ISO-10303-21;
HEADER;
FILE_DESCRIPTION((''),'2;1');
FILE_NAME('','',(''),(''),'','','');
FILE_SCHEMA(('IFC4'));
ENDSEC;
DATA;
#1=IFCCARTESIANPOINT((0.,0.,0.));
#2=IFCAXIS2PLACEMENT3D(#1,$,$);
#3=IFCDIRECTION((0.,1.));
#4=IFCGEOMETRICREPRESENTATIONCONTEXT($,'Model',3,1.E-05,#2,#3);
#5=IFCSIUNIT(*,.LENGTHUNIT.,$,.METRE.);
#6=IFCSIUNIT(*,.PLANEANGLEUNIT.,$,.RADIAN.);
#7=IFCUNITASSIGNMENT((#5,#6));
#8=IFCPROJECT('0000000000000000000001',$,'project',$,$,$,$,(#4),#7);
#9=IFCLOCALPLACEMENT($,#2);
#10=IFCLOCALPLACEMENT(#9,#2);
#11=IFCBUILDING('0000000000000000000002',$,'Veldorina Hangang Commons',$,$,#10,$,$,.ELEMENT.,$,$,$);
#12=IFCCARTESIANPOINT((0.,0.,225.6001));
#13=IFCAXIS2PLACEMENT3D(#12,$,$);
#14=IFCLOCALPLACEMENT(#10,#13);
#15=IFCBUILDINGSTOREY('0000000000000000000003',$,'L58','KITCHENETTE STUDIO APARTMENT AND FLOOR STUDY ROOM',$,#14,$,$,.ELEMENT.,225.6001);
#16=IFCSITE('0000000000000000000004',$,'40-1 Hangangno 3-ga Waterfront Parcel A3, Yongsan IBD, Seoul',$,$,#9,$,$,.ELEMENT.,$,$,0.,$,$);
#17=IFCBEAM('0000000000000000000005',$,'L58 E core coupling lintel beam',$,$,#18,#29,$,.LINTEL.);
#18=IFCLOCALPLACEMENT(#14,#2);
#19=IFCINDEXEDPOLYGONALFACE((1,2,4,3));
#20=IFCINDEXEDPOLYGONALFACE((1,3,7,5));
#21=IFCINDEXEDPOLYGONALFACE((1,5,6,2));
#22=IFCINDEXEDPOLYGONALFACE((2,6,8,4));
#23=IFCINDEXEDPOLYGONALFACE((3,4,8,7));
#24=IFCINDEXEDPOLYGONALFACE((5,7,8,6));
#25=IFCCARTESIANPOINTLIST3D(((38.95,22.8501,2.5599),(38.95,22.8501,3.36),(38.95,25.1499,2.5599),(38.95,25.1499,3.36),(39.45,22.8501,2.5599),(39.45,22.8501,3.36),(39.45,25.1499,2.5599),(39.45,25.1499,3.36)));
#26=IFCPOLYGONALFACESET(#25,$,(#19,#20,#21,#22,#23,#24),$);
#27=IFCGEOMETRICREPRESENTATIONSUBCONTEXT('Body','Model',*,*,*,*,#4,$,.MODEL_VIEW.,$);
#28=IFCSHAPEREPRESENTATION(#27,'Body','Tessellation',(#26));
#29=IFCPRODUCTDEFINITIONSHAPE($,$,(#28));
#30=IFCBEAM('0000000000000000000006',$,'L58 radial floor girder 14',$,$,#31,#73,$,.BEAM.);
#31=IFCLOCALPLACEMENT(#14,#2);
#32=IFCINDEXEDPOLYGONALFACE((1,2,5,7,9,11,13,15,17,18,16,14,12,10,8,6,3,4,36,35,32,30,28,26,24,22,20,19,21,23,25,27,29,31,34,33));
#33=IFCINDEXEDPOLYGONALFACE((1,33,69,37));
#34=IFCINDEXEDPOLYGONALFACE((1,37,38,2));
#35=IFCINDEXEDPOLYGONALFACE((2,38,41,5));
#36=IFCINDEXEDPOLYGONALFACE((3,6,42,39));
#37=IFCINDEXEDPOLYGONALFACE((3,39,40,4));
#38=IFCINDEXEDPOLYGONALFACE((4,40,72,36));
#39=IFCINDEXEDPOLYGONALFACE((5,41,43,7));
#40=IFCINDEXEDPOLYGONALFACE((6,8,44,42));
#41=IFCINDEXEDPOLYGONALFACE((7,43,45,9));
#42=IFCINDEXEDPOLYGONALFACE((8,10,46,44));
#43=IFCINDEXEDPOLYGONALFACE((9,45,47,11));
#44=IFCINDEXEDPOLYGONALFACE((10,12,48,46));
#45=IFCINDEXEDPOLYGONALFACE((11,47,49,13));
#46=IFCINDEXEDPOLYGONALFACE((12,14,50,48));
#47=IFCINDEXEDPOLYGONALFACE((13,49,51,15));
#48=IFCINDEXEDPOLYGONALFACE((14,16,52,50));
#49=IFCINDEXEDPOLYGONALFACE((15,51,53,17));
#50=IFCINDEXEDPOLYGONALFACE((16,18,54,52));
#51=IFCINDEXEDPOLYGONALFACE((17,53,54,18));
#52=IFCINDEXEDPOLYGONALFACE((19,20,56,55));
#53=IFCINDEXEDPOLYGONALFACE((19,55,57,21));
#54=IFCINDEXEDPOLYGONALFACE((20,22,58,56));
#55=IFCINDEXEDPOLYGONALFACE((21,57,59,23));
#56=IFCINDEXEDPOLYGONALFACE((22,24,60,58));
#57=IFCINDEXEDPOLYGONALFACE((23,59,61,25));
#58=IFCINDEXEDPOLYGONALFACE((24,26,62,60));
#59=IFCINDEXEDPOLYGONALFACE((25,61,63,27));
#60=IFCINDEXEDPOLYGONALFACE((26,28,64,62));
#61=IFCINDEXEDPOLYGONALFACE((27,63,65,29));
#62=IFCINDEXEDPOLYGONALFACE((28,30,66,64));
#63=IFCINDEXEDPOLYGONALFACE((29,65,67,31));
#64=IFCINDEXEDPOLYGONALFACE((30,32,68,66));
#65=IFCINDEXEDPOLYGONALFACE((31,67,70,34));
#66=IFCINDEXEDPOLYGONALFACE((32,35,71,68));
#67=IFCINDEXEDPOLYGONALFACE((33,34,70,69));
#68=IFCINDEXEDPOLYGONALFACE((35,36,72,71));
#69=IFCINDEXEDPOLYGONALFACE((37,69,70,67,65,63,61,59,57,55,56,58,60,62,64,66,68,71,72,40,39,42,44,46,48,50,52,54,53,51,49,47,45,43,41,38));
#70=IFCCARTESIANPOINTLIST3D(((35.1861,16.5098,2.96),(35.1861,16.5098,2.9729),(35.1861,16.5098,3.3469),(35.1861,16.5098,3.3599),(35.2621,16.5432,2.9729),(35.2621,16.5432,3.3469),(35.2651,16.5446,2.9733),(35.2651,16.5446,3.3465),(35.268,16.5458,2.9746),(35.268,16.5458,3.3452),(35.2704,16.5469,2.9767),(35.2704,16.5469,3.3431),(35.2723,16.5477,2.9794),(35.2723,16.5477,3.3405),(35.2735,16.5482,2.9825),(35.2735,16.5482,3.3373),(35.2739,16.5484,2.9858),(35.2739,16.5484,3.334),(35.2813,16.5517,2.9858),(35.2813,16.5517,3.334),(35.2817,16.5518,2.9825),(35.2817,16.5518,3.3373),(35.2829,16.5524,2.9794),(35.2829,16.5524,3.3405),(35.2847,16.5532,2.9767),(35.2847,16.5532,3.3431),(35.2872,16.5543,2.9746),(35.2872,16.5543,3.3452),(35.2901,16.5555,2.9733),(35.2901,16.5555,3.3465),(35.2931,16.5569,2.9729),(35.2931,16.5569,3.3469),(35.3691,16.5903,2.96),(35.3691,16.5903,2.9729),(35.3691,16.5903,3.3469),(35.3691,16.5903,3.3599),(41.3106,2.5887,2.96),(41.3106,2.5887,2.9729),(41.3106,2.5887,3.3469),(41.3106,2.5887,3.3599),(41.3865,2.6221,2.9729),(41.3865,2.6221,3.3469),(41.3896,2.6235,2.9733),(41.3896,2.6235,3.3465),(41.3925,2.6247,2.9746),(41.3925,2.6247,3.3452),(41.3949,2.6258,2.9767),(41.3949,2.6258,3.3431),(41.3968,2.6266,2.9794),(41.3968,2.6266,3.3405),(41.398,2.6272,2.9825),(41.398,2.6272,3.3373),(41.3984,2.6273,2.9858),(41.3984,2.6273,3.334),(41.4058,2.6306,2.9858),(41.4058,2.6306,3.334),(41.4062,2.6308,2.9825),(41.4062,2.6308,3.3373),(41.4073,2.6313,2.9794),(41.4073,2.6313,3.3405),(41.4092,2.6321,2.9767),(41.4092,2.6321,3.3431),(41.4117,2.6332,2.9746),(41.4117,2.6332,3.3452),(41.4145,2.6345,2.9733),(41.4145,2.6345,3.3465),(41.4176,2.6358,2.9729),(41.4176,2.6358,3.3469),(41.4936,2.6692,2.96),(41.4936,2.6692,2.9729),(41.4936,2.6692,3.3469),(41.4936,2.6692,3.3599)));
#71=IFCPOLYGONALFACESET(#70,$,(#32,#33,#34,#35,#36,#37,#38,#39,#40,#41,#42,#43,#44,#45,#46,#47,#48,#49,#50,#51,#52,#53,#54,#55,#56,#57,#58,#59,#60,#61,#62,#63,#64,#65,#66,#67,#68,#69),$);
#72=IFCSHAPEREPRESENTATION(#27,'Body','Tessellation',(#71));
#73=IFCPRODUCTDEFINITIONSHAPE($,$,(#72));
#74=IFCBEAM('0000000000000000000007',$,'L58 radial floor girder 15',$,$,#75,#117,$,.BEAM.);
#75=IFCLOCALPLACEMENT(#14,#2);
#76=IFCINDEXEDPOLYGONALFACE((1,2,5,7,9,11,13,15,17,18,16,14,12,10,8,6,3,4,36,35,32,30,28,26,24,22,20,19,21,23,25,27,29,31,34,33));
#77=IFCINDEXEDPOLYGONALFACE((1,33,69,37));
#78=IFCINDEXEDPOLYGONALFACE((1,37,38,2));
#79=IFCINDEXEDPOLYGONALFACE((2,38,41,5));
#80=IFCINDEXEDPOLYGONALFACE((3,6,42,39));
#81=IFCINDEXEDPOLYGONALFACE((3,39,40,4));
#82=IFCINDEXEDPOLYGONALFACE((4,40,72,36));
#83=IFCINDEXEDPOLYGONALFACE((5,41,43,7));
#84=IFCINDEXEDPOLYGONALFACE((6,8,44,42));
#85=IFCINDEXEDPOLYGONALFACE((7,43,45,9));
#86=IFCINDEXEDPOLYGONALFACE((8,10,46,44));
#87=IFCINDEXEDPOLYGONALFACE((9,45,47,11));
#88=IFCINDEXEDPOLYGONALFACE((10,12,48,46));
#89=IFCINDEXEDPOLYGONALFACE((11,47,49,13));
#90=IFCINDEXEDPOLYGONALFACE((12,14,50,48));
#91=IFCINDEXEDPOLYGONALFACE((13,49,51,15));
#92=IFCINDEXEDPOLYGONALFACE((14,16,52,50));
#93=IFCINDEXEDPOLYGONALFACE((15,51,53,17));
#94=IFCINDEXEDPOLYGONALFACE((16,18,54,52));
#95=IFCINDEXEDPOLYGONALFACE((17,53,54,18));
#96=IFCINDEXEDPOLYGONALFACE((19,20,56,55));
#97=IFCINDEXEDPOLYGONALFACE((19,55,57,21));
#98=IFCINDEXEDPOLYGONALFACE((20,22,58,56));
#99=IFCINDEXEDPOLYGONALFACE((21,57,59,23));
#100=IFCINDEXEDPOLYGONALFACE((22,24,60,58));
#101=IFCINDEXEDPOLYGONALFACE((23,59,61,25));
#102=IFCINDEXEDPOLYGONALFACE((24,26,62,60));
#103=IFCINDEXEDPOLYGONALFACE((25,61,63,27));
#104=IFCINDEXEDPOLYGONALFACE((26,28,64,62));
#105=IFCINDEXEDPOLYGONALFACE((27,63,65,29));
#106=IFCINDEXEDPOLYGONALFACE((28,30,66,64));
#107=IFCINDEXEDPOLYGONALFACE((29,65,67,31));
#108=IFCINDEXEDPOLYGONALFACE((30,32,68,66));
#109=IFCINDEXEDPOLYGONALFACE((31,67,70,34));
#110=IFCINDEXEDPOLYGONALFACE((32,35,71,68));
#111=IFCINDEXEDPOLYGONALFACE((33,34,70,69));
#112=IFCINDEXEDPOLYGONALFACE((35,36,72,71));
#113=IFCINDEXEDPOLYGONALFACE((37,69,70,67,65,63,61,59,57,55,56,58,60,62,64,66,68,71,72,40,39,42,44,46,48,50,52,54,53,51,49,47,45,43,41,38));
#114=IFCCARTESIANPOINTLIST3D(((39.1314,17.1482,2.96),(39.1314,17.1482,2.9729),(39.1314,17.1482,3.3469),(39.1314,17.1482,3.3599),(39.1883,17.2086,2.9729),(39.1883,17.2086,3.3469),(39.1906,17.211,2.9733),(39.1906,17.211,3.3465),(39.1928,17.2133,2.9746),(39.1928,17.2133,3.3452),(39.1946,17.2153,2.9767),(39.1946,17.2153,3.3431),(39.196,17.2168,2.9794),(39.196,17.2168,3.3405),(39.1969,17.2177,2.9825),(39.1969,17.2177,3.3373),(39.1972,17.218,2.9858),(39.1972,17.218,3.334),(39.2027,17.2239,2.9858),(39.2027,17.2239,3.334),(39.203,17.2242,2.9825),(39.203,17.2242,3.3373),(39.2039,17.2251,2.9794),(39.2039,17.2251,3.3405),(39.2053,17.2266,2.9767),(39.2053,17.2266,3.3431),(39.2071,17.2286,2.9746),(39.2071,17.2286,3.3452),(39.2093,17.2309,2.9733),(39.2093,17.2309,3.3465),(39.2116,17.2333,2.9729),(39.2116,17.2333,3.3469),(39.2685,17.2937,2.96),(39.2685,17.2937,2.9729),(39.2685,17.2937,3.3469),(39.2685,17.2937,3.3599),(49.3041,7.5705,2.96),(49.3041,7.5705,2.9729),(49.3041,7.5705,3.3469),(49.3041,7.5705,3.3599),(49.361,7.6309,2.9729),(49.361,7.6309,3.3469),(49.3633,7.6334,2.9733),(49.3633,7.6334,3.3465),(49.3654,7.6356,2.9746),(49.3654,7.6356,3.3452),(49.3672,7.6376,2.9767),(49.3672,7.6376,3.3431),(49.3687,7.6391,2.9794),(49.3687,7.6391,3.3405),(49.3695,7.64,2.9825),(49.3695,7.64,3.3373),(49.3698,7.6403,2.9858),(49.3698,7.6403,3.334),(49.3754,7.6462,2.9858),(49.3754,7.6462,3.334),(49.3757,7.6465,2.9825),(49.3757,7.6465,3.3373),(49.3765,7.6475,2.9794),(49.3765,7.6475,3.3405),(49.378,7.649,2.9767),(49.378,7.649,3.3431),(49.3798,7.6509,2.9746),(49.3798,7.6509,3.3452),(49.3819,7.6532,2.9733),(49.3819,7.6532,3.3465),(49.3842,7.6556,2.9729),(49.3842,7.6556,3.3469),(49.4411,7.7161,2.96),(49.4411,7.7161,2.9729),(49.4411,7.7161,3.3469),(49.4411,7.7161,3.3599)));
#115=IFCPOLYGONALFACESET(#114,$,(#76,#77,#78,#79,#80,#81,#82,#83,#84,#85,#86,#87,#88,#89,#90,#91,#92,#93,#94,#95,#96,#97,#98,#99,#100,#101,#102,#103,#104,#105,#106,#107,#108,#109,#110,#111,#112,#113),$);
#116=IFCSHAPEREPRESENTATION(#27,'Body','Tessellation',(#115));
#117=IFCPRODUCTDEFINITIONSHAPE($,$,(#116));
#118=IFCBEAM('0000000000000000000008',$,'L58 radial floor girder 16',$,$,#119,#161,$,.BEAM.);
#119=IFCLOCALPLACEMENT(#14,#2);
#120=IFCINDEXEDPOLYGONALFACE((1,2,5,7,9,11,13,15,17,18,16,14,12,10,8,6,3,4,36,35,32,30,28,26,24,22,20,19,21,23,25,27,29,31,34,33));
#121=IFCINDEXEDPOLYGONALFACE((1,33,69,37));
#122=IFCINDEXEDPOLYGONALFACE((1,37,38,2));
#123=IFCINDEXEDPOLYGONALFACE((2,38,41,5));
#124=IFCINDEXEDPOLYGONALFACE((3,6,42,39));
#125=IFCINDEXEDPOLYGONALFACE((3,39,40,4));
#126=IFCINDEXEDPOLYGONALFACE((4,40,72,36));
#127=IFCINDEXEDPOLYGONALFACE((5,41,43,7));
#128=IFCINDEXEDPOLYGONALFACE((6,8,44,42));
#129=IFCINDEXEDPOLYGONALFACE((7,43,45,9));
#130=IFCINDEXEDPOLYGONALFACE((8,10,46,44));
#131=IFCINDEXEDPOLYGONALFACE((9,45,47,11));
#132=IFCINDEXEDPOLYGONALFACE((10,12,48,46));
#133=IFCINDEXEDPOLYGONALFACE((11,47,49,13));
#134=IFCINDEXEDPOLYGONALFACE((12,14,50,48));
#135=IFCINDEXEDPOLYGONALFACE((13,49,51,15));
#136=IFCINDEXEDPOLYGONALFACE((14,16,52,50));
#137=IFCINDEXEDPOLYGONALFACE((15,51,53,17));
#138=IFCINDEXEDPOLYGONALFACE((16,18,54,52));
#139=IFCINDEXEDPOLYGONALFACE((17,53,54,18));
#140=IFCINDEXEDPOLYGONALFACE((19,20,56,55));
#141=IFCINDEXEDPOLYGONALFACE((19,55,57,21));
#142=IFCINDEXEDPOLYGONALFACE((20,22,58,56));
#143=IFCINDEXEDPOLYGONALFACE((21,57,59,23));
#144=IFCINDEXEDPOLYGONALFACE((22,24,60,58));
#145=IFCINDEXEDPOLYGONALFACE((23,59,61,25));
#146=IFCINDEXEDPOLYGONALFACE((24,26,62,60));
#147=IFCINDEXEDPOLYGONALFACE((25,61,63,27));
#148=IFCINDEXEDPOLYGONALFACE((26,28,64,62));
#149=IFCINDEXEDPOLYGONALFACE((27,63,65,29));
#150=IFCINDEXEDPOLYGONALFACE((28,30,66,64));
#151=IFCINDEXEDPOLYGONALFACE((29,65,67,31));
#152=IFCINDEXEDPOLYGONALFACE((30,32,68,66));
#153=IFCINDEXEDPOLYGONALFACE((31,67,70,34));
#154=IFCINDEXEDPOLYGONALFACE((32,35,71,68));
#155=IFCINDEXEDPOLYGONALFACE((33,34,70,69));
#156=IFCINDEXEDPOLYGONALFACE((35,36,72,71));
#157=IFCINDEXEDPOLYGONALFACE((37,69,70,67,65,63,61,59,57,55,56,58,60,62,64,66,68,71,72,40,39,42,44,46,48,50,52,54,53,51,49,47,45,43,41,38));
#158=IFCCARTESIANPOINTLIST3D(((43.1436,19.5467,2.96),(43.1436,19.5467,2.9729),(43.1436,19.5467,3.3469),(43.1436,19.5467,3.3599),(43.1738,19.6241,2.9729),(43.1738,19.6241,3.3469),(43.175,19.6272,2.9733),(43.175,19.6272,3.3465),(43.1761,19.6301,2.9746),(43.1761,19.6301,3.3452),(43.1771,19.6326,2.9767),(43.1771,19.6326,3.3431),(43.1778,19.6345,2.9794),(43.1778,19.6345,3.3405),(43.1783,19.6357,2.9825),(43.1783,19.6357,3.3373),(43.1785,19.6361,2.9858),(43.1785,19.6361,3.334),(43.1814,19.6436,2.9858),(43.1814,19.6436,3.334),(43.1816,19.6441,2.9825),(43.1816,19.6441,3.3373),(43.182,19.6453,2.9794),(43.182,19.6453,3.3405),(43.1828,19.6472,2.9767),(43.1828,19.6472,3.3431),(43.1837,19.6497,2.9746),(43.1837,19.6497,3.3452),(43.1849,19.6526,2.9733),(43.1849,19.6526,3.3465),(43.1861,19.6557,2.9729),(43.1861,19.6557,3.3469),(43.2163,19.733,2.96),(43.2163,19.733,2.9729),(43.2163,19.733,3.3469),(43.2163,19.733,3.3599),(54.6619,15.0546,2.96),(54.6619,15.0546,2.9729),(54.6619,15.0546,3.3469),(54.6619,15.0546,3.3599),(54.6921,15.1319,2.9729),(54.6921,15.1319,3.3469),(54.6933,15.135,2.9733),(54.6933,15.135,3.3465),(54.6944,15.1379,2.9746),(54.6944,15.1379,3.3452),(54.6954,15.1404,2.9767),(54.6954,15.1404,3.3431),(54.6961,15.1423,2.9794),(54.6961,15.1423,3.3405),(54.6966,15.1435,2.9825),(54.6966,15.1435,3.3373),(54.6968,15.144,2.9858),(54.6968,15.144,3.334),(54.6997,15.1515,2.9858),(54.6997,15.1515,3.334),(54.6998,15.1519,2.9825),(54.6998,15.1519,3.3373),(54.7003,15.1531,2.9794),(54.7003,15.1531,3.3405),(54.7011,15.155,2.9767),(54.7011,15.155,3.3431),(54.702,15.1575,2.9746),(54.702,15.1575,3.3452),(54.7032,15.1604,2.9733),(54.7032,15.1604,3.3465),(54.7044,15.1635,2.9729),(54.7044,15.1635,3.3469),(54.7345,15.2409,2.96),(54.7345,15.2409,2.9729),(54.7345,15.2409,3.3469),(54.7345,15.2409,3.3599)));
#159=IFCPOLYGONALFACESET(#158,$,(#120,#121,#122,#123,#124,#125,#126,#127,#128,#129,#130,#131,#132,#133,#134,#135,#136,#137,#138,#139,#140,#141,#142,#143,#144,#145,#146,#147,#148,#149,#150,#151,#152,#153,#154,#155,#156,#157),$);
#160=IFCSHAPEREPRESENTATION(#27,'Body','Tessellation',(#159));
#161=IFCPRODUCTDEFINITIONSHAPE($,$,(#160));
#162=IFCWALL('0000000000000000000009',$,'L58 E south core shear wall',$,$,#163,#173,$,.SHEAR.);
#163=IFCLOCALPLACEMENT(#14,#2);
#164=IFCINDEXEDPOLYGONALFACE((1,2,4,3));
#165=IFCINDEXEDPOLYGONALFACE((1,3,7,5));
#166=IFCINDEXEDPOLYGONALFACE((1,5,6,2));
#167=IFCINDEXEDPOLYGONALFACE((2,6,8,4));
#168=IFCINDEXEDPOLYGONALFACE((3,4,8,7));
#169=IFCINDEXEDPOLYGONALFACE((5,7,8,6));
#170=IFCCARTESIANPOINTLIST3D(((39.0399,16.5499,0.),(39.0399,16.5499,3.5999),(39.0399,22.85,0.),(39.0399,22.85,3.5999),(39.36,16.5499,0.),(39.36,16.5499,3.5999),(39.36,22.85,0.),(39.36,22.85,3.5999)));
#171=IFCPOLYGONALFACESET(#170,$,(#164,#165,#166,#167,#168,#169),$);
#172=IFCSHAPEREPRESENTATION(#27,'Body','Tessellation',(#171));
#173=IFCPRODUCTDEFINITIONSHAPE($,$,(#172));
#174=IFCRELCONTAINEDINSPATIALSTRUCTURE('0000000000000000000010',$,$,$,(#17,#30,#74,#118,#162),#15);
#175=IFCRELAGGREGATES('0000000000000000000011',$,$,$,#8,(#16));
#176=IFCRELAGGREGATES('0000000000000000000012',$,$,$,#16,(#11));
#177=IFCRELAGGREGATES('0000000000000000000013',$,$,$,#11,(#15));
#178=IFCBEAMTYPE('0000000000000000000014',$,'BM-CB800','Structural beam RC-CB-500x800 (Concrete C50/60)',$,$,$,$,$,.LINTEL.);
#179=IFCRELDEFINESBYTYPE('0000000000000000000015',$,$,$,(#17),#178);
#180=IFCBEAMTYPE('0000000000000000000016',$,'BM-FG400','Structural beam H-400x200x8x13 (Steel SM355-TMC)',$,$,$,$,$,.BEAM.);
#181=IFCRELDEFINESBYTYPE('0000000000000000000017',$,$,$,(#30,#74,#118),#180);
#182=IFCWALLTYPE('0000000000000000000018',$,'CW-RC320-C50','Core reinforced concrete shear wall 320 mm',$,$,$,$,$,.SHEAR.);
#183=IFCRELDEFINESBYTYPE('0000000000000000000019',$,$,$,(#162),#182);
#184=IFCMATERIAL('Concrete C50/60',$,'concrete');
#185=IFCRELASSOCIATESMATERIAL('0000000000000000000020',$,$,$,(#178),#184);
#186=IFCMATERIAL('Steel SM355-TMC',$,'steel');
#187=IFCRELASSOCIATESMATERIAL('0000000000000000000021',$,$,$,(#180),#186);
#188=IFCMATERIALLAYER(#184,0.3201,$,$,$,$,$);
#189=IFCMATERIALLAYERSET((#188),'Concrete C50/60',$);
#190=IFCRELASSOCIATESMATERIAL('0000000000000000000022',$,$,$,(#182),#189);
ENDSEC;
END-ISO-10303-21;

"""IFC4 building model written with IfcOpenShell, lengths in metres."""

from ifc_helpers import new_model, si_unit, direction, frame, frame_2d, origin, origin_2d, place, context, subcontext, project, spatial, rectangle, i_section, extrude, material, layer, layer_set, material_profile, profile_set, type_object, element, save


model = new_model("IFC4")

# Units and contexts
model_context = context("Model", 3, precision=1e-05, world=origin(), true_north=direction((0.0, 1.0)))
body_context = subcontext(model_context, "Body", "Model", "MODEL_VIEW")
ifc_project = project(units=[si_unit("LENGTHUNIT", "METRE"), si_unit("PLANEANGLEUNIT", "RADIAN")], contexts=[model_context])

# Site, building, storey
site_placement = place(None, origin())
site = spatial("IfcSite", under=ifc_project, at=site_placement, Name="40-1 Hangangno 3-ga Waterfront Parcel A3, Yongsan IBD, Seoul", CompositionType="ELEMENT", RefElevation=0.0)
building_placement = place(site_placement, origin())
building = spatial("IfcBuilding", under=site, at=building_placement, Name="Veldorina Hangang Commons", CompositionType="ELEMENT")
storey_placement = place(building_placement, frame((0.0, 0.0, 225.6001)))
storey = spatial("IfcBuildingStorey", under=building, at=storey_placement, Name="L58", Description="KITCHENETTE STUDIO APARTMENT AND FLOOR STUDY ROOM", CompositionType="ELEMENT", Elevation=225.6001)

# Beams
ifc_material_1 = material(Name="Concrete C50/60", Category="concrete")
ifc_material_profile_1 = material_profile(ifc_material_1, rectangle(XDim=0.5, YDim=0.8, at=origin_2d()), Name="RC-CB-500x800")
ifc_profile_set_1 = profile_set([ifc_material_profile_1], Name="Concrete C50/60")
beam_type_1 = type_object("IfcBeamType", Name="BM-CB800", Description="Structural beam RC-CB-500x800 (Concrete C50/60)", PredefinedType="LINTEL", material=ifc_profile_set_1)
beam_1_placement = place(storey_placement, frame((39.2, 22.8501, 2.96), z_axis=(0.0, 1.0, 0.0), x_axis=(-1.0, 0.0, 0.0)))
element("IfcBeam", 1, at=beam_1_placement, inside=storey, type_object=beam_type_1, Name="L58 E core coupling lintel beam", PredefinedType="LINTEL", context=body_context, shape_type="SweptSolid", body=[
    extrude(rectangle(XDim=0.5, YDim=0.8, at=origin_2d()), origin(), (0.0, 0.0, 1.0), 2.2998),
])
ifc_material_2 = material(Name="Steel SM355-TMC", Category="steel")
ifc_material_profile_2 = material_profile(ifc_material_2, i_section(OverallWidth=0.2, OverallDepth=0.3999, WebThickness=0.0081, FlangeThickness=0.0129, FilletRadius=0.0129, at=origin_2d()), Name="H-400x200x8x13")
ifc_profile_set_2 = profile_set([ifc_material_profile_2], Name="Steel SM355-TMC")
beam_type_2 = type_object("IfcBeamType", Name="BM-FG400", Description="Structural beam H-400x200x8x13 (Steel SM355-TMC)", PredefinedType="BEAM", material=ifc_profile_set_2)
beam_2_placement = place(storey_placement, frame((35.2776, 16.55, 3.1599), z_axis=(0.402695, -0.915334, 0.0), x_axis=(0.915334, 0.402695, 0.0)))
element("IfcBeam", 2, at=beam_2_placement, inside=storey, type_object=beam_type_2, Name="L58 radial floor girder 14", PredefinedType="BEAM", context=body_context, shape_type="SweptSolid", body=[
    extrude(i_section(OverallWidth=0.2, OverallDepth=0.3999, WebThickness=0.0081, FlangeThickness=0.0129, FilletRadius=0.0129, at=origin_2d()), origin(), (0.0, 0.0, 1.0), 15.2087),
])
beam_3_placement = place(storey_placement, frame((39.2, 17.2209, 3.1599), z_axis=(0.728078, -0.685494, 0.0), x_axis=(0.685494, 0.728078, 0.0)))
element("IfcBeam", 3, at=beam_3_placement, inside=storey, type_object=beam_type_2, Name="L58 radial floor girder 15", PredefinedType="BEAM", context=body_context, shape_type="SweptSolid", body=[
    extrude(i_section(OverallWidth=0.2, OverallDepth=0.3999, WebThickness=0.0081, FlangeThickness=0.0129, FilletRadius=0.0129, at=origin_2d()), origin(), (0.0, 0.0, 1.0), 13.9719),
])
beam_4_placement = place(storey_placement, frame((43.1799, 19.6399, 3.1599), z_axis=(0.931653, -0.363349, 0.0), x_axis=(0.363349, 0.931653, 0.0)))
element("IfcBeam", 4, at=beam_4_placement, inside=storey, type_object=beam_type_2, Name="L58 radial floor girder 16", PredefinedType="BEAM", context=body_context, shape_type="SweptSolid", body=[
    extrude(i_section(OverallWidth=0.2, OverallDepth=0.3999, WebThickness=0.0081, FlangeThickness=0.0129, FilletRadius=0.0129, at=origin_2d()), origin(), (0.0, 0.0, 1.0), 12.3633),
])

# Wall
ifc_layer_1 = layer(ifc_material_1, 0.3201)
ifc_layer_set_1 = layer_set([ifc_layer_1], Name="Concrete C50/60")
wall_type_1 = type_object("IfcWallType", Name="CW-RC320-C50", Description="Core reinforced concrete shear wall 320 mm", PredefinedType="SHEAR", material=ifc_layer_set_1)
wall_1_placement = place(storey_placement, frame((39.2, 16.55, 0.0), z_axis=(0.0, 0.0, 1.0), x_axis=(0.0, 1.0, 0.0)))
element("IfcWall", 5, at=wall_1_placement, inside=storey, type_object=wall_type_1, Name="L58 E south core shear wall", PredefinedType="SHEAR", context=body_context, shape_type="SweptSolid", body=[
    extrude(rectangle(XDim=6.3, YDim=0.3201, at=frame_2d((3.1499, 0.0))), origin(), (0.0, 0.0, 1.0), 3.5999),
])

save(model, "model.ifc")
